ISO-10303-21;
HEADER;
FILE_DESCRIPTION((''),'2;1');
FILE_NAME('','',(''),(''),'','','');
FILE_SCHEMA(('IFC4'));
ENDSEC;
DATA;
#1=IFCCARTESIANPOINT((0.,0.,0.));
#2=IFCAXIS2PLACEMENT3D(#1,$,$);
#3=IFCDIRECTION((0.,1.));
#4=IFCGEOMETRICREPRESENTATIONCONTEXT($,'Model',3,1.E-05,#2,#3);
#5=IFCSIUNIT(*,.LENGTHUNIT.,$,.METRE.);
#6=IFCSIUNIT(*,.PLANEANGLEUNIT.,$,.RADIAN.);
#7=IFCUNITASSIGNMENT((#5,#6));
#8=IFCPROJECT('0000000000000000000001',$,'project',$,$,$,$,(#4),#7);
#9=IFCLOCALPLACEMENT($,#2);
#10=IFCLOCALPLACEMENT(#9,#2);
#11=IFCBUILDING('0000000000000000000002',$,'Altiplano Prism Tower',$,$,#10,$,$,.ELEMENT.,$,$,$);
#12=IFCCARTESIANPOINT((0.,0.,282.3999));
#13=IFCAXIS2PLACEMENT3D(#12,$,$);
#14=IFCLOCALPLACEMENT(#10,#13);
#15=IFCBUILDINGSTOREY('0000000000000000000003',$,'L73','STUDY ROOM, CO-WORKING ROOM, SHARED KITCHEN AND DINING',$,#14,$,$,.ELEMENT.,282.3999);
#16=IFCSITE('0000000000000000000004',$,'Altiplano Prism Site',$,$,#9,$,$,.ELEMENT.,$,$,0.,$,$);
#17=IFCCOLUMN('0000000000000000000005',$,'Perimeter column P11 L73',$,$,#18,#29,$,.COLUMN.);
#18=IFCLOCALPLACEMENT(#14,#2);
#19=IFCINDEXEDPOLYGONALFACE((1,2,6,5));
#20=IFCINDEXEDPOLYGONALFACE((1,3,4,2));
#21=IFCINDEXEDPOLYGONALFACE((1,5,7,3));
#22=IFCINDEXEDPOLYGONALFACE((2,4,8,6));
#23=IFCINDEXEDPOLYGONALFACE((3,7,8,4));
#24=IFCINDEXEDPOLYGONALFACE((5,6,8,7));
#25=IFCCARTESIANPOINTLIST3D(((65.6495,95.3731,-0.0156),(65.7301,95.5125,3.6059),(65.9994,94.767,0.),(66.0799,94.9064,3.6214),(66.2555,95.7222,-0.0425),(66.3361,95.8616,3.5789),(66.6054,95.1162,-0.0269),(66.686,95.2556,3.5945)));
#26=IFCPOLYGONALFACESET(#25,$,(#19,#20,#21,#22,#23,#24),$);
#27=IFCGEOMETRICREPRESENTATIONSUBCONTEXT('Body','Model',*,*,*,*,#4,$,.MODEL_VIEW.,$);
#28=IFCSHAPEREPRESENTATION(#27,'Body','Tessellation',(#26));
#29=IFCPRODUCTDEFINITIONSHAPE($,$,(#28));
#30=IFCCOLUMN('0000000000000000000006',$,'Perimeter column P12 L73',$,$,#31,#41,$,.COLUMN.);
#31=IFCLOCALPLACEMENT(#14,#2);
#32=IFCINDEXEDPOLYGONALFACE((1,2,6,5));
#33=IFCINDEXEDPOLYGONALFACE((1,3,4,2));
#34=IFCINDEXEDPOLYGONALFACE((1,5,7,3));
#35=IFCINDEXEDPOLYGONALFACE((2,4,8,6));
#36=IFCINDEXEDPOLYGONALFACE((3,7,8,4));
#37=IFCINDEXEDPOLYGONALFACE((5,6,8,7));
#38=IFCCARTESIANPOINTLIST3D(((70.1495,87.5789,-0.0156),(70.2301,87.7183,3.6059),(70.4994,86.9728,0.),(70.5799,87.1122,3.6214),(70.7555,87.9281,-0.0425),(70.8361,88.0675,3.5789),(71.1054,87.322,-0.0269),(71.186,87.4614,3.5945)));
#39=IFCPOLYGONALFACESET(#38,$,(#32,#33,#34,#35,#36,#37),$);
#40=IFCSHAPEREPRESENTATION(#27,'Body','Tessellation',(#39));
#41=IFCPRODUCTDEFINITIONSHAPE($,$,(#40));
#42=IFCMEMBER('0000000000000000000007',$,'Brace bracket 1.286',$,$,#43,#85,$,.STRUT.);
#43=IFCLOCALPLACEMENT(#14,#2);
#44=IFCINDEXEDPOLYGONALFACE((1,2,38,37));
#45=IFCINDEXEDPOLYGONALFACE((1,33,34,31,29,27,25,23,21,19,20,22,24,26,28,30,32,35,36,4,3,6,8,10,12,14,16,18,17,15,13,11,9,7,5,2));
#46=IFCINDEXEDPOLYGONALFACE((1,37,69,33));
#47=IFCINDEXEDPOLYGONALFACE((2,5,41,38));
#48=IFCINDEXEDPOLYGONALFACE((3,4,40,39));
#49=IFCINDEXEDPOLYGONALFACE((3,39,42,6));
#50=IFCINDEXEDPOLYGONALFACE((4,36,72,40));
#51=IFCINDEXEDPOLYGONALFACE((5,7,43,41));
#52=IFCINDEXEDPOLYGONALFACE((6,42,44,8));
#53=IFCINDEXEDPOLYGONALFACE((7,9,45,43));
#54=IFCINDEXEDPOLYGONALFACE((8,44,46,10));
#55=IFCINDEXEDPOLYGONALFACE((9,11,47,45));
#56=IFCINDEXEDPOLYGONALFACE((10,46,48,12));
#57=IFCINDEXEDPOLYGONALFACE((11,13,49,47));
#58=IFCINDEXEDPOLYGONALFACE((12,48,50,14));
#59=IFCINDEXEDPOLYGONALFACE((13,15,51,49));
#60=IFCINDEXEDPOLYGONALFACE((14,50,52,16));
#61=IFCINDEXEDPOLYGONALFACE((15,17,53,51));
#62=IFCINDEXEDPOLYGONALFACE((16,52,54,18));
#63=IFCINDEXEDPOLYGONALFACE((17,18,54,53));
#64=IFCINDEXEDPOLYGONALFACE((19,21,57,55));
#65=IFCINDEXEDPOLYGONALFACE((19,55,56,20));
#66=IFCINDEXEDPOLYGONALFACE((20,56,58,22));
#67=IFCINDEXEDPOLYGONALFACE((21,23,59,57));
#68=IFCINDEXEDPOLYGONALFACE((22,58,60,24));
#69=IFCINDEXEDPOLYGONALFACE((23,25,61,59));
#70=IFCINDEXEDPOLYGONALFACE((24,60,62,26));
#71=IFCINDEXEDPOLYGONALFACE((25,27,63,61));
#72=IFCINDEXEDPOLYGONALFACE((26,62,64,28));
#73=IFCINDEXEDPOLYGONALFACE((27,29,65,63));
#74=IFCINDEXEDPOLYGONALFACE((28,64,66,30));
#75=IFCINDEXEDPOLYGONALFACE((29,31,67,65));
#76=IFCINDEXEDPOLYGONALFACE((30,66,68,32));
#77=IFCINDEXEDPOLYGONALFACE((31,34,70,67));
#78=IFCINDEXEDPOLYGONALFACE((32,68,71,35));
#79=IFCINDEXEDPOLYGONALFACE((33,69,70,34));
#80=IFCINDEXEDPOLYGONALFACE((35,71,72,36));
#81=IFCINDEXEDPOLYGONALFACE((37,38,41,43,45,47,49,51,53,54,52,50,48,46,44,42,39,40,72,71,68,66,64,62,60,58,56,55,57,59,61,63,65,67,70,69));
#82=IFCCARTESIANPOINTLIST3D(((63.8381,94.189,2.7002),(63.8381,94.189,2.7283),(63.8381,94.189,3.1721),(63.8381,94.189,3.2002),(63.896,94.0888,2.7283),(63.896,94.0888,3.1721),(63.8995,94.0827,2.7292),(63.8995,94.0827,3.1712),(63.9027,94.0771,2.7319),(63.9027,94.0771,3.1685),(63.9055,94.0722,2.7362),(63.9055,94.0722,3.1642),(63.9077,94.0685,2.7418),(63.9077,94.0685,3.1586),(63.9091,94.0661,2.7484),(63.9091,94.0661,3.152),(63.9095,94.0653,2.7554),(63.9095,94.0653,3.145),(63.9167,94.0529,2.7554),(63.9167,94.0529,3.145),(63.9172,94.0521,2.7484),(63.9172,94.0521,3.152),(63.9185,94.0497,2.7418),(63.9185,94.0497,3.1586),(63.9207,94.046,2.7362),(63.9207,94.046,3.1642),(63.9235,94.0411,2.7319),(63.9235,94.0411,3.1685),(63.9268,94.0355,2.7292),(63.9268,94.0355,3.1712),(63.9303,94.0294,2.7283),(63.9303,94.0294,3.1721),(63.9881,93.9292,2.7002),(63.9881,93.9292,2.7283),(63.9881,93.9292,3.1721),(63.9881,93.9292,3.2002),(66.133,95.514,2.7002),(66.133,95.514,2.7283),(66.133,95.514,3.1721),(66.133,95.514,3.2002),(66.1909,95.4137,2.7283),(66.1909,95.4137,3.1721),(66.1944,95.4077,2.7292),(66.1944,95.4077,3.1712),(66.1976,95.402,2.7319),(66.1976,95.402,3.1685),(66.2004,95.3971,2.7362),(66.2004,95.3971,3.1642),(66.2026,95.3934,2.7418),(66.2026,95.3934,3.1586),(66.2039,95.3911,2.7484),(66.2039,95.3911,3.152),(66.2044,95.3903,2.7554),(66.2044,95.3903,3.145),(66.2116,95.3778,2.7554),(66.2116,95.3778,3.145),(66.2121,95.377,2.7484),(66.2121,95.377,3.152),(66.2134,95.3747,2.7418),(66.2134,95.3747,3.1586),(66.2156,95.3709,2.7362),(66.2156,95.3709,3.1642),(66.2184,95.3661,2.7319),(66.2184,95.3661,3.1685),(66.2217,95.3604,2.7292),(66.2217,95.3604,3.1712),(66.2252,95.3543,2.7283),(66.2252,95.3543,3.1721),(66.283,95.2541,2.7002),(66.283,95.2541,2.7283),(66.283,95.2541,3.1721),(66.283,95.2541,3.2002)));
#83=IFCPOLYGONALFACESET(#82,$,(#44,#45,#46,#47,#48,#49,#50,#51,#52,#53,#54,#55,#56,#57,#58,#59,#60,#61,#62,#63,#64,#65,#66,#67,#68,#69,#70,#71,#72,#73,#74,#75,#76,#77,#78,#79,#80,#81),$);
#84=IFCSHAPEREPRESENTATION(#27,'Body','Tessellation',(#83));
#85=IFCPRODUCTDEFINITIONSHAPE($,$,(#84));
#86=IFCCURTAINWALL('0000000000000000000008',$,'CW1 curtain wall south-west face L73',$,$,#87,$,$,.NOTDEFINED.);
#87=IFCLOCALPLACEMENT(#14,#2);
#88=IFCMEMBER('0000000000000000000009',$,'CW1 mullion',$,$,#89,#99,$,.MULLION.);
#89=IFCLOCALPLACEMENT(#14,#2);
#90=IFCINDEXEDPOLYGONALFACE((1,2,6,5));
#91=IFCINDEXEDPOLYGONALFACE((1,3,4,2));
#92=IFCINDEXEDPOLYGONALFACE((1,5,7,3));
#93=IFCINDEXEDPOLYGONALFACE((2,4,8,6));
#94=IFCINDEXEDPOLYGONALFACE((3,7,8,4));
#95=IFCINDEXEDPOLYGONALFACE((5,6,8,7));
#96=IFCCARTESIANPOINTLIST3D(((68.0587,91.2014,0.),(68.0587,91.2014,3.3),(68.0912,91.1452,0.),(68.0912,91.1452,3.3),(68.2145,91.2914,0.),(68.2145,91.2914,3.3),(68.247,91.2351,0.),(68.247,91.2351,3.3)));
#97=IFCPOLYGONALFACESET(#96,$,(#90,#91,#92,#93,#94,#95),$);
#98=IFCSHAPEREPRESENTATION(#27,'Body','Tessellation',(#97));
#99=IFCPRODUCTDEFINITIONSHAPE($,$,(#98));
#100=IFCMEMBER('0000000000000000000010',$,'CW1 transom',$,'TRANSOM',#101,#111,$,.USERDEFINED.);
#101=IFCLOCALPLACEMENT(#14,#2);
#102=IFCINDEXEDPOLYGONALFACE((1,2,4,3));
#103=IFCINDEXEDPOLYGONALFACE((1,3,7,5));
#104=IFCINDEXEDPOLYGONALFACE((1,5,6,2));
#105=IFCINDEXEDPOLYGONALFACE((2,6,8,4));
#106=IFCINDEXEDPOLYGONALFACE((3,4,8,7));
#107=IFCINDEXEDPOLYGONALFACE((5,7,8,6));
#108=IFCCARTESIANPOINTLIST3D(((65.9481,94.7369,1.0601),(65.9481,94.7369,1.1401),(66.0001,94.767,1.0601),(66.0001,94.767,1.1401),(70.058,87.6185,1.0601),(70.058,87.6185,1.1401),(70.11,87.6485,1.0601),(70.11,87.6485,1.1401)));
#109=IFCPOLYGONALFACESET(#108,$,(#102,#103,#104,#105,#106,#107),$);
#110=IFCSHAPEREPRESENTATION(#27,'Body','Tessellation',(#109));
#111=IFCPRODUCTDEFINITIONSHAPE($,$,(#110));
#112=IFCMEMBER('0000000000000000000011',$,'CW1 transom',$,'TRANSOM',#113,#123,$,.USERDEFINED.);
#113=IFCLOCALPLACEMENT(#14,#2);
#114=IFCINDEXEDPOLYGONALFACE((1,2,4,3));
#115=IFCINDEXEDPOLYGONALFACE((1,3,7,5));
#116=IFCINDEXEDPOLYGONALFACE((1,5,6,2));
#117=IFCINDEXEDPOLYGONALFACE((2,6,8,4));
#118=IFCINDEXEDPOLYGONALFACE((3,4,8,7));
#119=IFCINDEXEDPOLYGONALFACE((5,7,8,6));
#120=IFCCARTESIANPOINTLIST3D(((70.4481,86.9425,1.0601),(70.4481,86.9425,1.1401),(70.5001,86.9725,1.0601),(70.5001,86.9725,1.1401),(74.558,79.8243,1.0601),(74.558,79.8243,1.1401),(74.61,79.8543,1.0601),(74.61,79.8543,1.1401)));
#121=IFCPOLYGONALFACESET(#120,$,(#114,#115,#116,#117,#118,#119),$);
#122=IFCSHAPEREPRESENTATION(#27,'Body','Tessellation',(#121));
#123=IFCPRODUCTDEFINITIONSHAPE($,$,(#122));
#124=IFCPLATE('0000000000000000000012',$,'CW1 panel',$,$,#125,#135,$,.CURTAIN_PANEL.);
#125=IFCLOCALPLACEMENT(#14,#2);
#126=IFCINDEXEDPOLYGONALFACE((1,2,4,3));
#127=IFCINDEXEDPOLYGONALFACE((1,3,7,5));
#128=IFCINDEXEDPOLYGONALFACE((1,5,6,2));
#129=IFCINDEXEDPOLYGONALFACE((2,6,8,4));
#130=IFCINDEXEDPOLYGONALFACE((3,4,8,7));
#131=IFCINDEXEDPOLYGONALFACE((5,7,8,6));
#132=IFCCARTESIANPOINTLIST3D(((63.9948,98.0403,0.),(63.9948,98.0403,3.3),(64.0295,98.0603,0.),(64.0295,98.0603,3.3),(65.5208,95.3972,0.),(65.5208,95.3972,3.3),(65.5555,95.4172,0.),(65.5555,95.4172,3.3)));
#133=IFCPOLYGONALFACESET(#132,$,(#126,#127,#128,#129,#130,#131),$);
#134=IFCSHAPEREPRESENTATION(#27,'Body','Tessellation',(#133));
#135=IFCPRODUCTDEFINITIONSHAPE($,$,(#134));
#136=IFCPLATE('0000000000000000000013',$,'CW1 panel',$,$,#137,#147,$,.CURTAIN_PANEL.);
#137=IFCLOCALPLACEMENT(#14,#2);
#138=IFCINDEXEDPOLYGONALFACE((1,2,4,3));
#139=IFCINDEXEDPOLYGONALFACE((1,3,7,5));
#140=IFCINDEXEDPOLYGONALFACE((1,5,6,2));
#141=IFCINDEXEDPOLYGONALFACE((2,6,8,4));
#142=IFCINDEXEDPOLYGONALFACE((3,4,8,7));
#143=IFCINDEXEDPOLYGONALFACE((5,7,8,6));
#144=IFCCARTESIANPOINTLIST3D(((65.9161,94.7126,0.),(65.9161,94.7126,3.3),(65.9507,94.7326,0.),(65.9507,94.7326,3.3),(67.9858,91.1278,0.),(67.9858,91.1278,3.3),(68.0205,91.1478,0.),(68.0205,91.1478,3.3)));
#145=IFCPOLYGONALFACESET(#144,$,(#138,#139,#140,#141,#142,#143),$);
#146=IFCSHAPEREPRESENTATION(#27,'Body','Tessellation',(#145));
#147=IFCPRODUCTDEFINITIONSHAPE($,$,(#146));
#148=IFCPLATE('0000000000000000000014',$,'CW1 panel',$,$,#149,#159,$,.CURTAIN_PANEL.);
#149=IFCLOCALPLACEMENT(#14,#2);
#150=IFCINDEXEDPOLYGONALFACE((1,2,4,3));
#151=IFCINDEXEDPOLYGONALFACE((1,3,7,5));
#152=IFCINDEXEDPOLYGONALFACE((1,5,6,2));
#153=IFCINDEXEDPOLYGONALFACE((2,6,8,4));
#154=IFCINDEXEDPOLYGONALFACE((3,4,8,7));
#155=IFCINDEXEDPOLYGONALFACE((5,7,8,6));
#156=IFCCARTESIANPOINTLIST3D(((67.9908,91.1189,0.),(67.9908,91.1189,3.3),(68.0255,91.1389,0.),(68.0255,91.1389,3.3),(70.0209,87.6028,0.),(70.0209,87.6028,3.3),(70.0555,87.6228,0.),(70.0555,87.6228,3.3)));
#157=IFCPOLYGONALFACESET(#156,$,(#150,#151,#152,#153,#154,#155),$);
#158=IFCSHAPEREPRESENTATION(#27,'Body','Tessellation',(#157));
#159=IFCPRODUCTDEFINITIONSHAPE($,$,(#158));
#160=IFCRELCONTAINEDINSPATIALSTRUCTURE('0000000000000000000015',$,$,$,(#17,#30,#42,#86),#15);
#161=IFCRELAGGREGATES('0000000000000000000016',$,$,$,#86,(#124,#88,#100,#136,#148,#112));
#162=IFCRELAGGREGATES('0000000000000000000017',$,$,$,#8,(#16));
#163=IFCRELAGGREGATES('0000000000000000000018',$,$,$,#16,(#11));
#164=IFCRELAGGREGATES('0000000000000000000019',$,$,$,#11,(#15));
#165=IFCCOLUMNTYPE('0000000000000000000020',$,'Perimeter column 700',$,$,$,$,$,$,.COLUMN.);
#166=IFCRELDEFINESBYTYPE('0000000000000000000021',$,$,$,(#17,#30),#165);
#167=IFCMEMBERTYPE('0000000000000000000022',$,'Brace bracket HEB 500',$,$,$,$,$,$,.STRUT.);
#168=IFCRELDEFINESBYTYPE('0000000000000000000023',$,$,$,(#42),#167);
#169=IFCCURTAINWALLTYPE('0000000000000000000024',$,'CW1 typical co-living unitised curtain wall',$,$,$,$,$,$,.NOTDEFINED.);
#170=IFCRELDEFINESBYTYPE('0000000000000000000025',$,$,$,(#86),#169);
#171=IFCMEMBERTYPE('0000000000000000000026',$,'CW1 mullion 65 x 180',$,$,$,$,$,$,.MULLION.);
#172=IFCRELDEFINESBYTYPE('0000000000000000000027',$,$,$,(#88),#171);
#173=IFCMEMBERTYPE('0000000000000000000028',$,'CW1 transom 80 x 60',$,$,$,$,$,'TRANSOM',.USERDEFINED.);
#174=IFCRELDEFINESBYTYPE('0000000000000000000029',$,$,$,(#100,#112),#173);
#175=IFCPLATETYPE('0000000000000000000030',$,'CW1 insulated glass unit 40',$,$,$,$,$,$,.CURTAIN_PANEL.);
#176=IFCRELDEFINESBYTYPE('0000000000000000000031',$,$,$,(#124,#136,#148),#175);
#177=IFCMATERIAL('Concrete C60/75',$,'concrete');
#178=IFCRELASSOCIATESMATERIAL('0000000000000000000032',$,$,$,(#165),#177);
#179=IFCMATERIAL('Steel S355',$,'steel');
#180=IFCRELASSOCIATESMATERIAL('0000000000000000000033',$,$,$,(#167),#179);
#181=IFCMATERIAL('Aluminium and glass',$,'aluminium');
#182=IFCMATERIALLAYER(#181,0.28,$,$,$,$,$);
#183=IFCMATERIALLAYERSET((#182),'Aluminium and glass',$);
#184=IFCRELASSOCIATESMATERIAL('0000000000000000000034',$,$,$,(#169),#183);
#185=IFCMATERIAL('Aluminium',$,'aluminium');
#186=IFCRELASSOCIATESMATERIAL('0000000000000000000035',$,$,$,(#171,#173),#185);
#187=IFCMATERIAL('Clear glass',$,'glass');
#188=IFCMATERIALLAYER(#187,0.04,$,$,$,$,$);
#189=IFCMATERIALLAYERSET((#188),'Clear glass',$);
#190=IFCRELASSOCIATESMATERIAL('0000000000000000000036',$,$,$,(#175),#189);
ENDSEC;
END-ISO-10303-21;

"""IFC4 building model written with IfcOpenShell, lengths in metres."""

from ifc_helpers import new_model, si_unit, direction, frame, origin, origin_2d, place, context, subcontext, project, spatial, rectangle, i_section, extrude, material, layer, layer_set, material_profile, profile_set, type_object, element, aggregate, save


model = new_model("IFC4")

# Units and contexts
model_context = context("Model", 3, precision=1e-05, world=origin(), true_north=direction((0.0, 1.0)))
body_context = subcontext(model_context, "Body", "Model", "MODEL_VIEW")
ifc_project = project(units=[si_unit("LENGTHUNIT", "METRE"), si_unit("PLANEANGLEUNIT", "RADIAN")], contexts=[model_context])

# Site, building, storey
site_placement = place(None, origin())
site = spatial("IfcSite", under=ifc_project, at=site_placement, Name="Altiplano Prism Site", CompositionType="ELEMENT", RefElevation=0.0)
building_placement = place(site_placement, origin())
building = spatial("IfcBuilding", under=site, at=building_placement, Name="Altiplano Prism Tower", CompositionType="ELEMENT")
storey_placement = place(building_placement, frame((0.0, 0.0, 282.3999)))
storey = spatial("IfcBuildingStorey", under=building, at=storey_placement, Name="L73", Description="STUDY ROOM, CO-WORKING ROOM, SHARED KITCHEN AND DINING", CompositionType="ELEMENT", Elevation=282.3999)

# Columns
ifc_material_1 = material(Name="Concrete C60/75", Category="concrete")
ifc_material_profile_1 = material_profile(ifc_material_1, rectangle(XDim=0.7, YDim=0.7, at=origin_2d()), Name="Perimeter column 700")
ifc_profile_set_1 = profile_set([ifc_material_profile_1], Name="Concrete C60/75")
column_type = type_object("IfcColumnType", Name="Perimeter column 700", PredefinedType="COLUMN", material=ifc_profile_set_1)
for number, where, z_axis, x_axis, name in (
    (1, (66.1274, 95.2446, -0.0212), (0.022226, 0.038457, 0.999013), (-0.865819, -0.498876, 0.038467), "Perimeter column P11 L73"),
    (2, (70.6274, 87.4504, -0.0212), (0.022226, 0.038457, 0.999013), (-0.865818, -0.498879, 0.038467), "Perimeter column P12 L73"),
):
    element("IfcColumn", number, at=place(storey_placement, frame(where, z_axis=z_axis, x_axis=x_axis)), inside=storey, type_object=column_type, Name=name, PredefinedType="COLUMN", context=body_context, shape_type="SweptSolid", body=[
        extrude(rectangle(XDim=0.7, YDim=0.7, at=origin_2d()), origin(), (0.0, 0.0, 1.0), 3.625),
    ])

# Member
ifc_material_2 = material(Name="Steel S355", Category="steel")
ifc_material_profile_2 = material_profile(ifc_material_2, i_section(OverallWidth=0.3, OverallDepth=0.5, WebThickness=0.0144, FlangeThickness=0.0281, FilletRadius=0.0271, at=origin_2d()), Name="Brace bracket HEB 500")
ifc_profile_set_2 = profile_set([ifc_material_profile_2], Name="Steel S355")
member_type_1 = type_object("IfcMemberType", Name="Brace bracket HEB 500", PredefinedType="STRUT", material=ifc_profile_set_2)
member_1_placement = place(storey_placement, frame((66.208, 95.384, 2.9502), z_axis=(-0.866029, -0.499994, 0.0), x_axis=(0.499994, -0.866029, 0.0)))
element("IfcMember", 3, at=member_1_placement, inside=storey, type_object=member_type_1, Name="Brace bracket 1.286", PredefinedType="STRUT", context=body_context, shape_type="SweptSolid", body=[
    extrude(i_section(OverallWidth=0.3, OverallDepth=0.5, WebThickness=0.0144, FlangeThickness=0.0281, FilletRadius=0.0271, at=origin_2d()), origin(), (0.0, 0.0, 1.0), 2.6499),
])

# Curtain wall, members, plates
ifc_material_3 = material(Name="Aluminium and glass", Category="aluminium")
ifc_layer_1 = layer(ifc_material_3, 0.28)
ifc_layer_set_1 = layer_set([ifc_layer_1], Name="Aluminium and glass")
curtain_wall_type = type_object("IfcCurtainWallType", Name="CW1 typical co-living unitised curtain wall", PredefinedType="NOTDEFINED", material=ifc_layer_set_1)
curtain_wall_placement = place(storey_placement, origin())
curtain_wall = element("IfcCurtainWall", 4, at=curtain_wall_placement, inside=storey, type_object=curtain_wall_type, Name="CW1 curtain wall south-west face L73", PredefinedType="NOTDEFINED")
ifc_material_4 = material(Name="Aluminium", Category="aluminium")
ifc_material_profile_3 = material_profile(ifc_material_4, rectangle(XDim=0.1799, YDim=0.0649, at=origin_2d()), Name="CW1 mullion 65 x 180")
ifc_profile_set_3 = profile_set([ifc_material_profile_3], Name="Aluminium")
member_type_2 = type_object("IfcMemberType", Name="CW1 mullion 65 x 180", PredefinedType="MULLION", material=ifc_profile_set_3)
member_2_placement = place(storey_placement, frame((68.1528, 91.2183, 0.0), z_axis=(0.0, 0.0, 1.0), x_axis=(0.866025, 0.5, 0.0)))
member_2 = element("IfcMember", 5, at=member_2_placement, type_object=member_type_2, Name="CW1 mullion", PredefinedType="MULLION", context=body_context, shape_type="SweptSolid", body=[
    extrude(rectangle(XDim=0.1799, YDim=0.0649, at=origin_2d()), origin(), (0.0, 0.0, 1.0), 3.3),
])
ifc_material_profile_4 = material_profile(ifc_material_4, rectangle(XDim=0.0601, YDim=0.0801, at=origin_2d()), Name="CW1 transom 80 x 60")
ifc_profile_set_4 = profile_set([ifc_material_profile_4], Name="Aluminium")
member_type_3 = type_object("IfcMemberType", Name="CW1 transom 80 x 60", ElementType="TRANSOM", PredefinedType="USERDEFINED", material=ifc_profile_set_4)
member_3_placement = place(storey_placement, frame((65.9741, 94.752, 1.1001), z_axis=(0.500004, -0.866023, 0.0), x_axis=(0.866023, 0.500004, 0.0)))
member_3 = element("IfcMember", 6, at=member_3_placement, type_object=member_type_3, Name="CW1 transom", ObjectType="TRANSOM", PredefinedType="USERDEFINED", context=body_context, shape_type="SweptSolid", body=[
    extrude(rectangle(XDim=0.0601, YDim=0.0801, at=origin_2d()), origin(), (0.0, 0.0, 1.0), 8.2197),
])
member_4_placement = place(storey_placement, frame((70.4741, 86.9575, 1.1001), z_axis=(0.500017, -0.866015, 0.0), x_axis=(0.866015, 0.500017, 0.0)))
member_4 = element("IfcMember", 7, at=member_4_placement, type_object=member_type_3, Name="CW1 transom", ObjectType="TRANSOM", PredefinedType="USERDEFINED", context=body_context, shape_type="SweptSolid", body=[
    extrude(rectangle(XDim=0.0601, YDim=0.0801, at=origin_2d()), origin(), (0.0, 0.0, 1.0), 8.2195),
])
ifc_material_5 = material(Name="Clear glass", Category="glass")
ifc_layer_2 = layer(ifc_material_5, 0.04)
ifc_layer_set_2 = layer_set([ifc_layer_2], Name="Clear glass")
plate_type = type_object("IfcPlateType", Name="CW1 insulated glass unit 40", PredefinedType="CURTAIN_PANEL", material=ifc_layer_set_2)
plate_1_placement = place(storey_placement, frame((64.7751, 96.7288, 0.0), z_axis=(0.0, 0.0, 1.0), x_axis=(0.5, -0.866025, 0.0)))
plate_1 = element("IfcPlate", 8, at=plate_1_placement, type_object=plate_type, Name="CW1 panel", PredefinedType="CURTAIN_PANEL", context=body_context, shape_type="SweptSolid", body=[
    extrude(rectangle(XDim=3.052, YDim=0.04, at=origin_2d()), origin(), (0.0, 0.0, 1.0), 3.3),
])
plate_2_placement = place(storey_placement, frame((66.9683, 92.9302, 0.0), z_axis=(0.0, 0.0, 1.0), x_axis=(0.5, -0.866025, 0.0)))
plate_2 = element("IfcPlate", 9, at=plate_2_placement, type_object=plate_type, Name="CW1 panel", PredefinedType="CURTAIN_PANEL", context=body_context, shape_type="SweptSolid", body=[
    extrude(rectangle(XDim=4.1394, YDim=0.04, at=origin_2d()), origin(), (0.0, 0.0, 1.0), 3.3),
])
plate_3_placement = place(storey_placement, frame((69.0232, 89.3708, 0.0), z_axis=(0.0, 0.0, 1.0), x_axis=(0.5, -0.866025, 0.0)))
plate_3 = element("IfcPlate", 10, at=plate_3_placement, type_object=plate_type, Name="CW1 panel", PredefinedType="CURTAIN_PANEL", context=body_context, shape_type="SweptSolid", body=[
    extrude(rectangle(XDim=4.0601, YDim=0.04, at=origin_2d()), origin(), (0.0, 0.0, 1.0), 3.3),
])
aggregate(curtain_wall, [plate_1, member_2, member_3, plate_2, plate_3, member_4])

save(model, "model.ifc")
